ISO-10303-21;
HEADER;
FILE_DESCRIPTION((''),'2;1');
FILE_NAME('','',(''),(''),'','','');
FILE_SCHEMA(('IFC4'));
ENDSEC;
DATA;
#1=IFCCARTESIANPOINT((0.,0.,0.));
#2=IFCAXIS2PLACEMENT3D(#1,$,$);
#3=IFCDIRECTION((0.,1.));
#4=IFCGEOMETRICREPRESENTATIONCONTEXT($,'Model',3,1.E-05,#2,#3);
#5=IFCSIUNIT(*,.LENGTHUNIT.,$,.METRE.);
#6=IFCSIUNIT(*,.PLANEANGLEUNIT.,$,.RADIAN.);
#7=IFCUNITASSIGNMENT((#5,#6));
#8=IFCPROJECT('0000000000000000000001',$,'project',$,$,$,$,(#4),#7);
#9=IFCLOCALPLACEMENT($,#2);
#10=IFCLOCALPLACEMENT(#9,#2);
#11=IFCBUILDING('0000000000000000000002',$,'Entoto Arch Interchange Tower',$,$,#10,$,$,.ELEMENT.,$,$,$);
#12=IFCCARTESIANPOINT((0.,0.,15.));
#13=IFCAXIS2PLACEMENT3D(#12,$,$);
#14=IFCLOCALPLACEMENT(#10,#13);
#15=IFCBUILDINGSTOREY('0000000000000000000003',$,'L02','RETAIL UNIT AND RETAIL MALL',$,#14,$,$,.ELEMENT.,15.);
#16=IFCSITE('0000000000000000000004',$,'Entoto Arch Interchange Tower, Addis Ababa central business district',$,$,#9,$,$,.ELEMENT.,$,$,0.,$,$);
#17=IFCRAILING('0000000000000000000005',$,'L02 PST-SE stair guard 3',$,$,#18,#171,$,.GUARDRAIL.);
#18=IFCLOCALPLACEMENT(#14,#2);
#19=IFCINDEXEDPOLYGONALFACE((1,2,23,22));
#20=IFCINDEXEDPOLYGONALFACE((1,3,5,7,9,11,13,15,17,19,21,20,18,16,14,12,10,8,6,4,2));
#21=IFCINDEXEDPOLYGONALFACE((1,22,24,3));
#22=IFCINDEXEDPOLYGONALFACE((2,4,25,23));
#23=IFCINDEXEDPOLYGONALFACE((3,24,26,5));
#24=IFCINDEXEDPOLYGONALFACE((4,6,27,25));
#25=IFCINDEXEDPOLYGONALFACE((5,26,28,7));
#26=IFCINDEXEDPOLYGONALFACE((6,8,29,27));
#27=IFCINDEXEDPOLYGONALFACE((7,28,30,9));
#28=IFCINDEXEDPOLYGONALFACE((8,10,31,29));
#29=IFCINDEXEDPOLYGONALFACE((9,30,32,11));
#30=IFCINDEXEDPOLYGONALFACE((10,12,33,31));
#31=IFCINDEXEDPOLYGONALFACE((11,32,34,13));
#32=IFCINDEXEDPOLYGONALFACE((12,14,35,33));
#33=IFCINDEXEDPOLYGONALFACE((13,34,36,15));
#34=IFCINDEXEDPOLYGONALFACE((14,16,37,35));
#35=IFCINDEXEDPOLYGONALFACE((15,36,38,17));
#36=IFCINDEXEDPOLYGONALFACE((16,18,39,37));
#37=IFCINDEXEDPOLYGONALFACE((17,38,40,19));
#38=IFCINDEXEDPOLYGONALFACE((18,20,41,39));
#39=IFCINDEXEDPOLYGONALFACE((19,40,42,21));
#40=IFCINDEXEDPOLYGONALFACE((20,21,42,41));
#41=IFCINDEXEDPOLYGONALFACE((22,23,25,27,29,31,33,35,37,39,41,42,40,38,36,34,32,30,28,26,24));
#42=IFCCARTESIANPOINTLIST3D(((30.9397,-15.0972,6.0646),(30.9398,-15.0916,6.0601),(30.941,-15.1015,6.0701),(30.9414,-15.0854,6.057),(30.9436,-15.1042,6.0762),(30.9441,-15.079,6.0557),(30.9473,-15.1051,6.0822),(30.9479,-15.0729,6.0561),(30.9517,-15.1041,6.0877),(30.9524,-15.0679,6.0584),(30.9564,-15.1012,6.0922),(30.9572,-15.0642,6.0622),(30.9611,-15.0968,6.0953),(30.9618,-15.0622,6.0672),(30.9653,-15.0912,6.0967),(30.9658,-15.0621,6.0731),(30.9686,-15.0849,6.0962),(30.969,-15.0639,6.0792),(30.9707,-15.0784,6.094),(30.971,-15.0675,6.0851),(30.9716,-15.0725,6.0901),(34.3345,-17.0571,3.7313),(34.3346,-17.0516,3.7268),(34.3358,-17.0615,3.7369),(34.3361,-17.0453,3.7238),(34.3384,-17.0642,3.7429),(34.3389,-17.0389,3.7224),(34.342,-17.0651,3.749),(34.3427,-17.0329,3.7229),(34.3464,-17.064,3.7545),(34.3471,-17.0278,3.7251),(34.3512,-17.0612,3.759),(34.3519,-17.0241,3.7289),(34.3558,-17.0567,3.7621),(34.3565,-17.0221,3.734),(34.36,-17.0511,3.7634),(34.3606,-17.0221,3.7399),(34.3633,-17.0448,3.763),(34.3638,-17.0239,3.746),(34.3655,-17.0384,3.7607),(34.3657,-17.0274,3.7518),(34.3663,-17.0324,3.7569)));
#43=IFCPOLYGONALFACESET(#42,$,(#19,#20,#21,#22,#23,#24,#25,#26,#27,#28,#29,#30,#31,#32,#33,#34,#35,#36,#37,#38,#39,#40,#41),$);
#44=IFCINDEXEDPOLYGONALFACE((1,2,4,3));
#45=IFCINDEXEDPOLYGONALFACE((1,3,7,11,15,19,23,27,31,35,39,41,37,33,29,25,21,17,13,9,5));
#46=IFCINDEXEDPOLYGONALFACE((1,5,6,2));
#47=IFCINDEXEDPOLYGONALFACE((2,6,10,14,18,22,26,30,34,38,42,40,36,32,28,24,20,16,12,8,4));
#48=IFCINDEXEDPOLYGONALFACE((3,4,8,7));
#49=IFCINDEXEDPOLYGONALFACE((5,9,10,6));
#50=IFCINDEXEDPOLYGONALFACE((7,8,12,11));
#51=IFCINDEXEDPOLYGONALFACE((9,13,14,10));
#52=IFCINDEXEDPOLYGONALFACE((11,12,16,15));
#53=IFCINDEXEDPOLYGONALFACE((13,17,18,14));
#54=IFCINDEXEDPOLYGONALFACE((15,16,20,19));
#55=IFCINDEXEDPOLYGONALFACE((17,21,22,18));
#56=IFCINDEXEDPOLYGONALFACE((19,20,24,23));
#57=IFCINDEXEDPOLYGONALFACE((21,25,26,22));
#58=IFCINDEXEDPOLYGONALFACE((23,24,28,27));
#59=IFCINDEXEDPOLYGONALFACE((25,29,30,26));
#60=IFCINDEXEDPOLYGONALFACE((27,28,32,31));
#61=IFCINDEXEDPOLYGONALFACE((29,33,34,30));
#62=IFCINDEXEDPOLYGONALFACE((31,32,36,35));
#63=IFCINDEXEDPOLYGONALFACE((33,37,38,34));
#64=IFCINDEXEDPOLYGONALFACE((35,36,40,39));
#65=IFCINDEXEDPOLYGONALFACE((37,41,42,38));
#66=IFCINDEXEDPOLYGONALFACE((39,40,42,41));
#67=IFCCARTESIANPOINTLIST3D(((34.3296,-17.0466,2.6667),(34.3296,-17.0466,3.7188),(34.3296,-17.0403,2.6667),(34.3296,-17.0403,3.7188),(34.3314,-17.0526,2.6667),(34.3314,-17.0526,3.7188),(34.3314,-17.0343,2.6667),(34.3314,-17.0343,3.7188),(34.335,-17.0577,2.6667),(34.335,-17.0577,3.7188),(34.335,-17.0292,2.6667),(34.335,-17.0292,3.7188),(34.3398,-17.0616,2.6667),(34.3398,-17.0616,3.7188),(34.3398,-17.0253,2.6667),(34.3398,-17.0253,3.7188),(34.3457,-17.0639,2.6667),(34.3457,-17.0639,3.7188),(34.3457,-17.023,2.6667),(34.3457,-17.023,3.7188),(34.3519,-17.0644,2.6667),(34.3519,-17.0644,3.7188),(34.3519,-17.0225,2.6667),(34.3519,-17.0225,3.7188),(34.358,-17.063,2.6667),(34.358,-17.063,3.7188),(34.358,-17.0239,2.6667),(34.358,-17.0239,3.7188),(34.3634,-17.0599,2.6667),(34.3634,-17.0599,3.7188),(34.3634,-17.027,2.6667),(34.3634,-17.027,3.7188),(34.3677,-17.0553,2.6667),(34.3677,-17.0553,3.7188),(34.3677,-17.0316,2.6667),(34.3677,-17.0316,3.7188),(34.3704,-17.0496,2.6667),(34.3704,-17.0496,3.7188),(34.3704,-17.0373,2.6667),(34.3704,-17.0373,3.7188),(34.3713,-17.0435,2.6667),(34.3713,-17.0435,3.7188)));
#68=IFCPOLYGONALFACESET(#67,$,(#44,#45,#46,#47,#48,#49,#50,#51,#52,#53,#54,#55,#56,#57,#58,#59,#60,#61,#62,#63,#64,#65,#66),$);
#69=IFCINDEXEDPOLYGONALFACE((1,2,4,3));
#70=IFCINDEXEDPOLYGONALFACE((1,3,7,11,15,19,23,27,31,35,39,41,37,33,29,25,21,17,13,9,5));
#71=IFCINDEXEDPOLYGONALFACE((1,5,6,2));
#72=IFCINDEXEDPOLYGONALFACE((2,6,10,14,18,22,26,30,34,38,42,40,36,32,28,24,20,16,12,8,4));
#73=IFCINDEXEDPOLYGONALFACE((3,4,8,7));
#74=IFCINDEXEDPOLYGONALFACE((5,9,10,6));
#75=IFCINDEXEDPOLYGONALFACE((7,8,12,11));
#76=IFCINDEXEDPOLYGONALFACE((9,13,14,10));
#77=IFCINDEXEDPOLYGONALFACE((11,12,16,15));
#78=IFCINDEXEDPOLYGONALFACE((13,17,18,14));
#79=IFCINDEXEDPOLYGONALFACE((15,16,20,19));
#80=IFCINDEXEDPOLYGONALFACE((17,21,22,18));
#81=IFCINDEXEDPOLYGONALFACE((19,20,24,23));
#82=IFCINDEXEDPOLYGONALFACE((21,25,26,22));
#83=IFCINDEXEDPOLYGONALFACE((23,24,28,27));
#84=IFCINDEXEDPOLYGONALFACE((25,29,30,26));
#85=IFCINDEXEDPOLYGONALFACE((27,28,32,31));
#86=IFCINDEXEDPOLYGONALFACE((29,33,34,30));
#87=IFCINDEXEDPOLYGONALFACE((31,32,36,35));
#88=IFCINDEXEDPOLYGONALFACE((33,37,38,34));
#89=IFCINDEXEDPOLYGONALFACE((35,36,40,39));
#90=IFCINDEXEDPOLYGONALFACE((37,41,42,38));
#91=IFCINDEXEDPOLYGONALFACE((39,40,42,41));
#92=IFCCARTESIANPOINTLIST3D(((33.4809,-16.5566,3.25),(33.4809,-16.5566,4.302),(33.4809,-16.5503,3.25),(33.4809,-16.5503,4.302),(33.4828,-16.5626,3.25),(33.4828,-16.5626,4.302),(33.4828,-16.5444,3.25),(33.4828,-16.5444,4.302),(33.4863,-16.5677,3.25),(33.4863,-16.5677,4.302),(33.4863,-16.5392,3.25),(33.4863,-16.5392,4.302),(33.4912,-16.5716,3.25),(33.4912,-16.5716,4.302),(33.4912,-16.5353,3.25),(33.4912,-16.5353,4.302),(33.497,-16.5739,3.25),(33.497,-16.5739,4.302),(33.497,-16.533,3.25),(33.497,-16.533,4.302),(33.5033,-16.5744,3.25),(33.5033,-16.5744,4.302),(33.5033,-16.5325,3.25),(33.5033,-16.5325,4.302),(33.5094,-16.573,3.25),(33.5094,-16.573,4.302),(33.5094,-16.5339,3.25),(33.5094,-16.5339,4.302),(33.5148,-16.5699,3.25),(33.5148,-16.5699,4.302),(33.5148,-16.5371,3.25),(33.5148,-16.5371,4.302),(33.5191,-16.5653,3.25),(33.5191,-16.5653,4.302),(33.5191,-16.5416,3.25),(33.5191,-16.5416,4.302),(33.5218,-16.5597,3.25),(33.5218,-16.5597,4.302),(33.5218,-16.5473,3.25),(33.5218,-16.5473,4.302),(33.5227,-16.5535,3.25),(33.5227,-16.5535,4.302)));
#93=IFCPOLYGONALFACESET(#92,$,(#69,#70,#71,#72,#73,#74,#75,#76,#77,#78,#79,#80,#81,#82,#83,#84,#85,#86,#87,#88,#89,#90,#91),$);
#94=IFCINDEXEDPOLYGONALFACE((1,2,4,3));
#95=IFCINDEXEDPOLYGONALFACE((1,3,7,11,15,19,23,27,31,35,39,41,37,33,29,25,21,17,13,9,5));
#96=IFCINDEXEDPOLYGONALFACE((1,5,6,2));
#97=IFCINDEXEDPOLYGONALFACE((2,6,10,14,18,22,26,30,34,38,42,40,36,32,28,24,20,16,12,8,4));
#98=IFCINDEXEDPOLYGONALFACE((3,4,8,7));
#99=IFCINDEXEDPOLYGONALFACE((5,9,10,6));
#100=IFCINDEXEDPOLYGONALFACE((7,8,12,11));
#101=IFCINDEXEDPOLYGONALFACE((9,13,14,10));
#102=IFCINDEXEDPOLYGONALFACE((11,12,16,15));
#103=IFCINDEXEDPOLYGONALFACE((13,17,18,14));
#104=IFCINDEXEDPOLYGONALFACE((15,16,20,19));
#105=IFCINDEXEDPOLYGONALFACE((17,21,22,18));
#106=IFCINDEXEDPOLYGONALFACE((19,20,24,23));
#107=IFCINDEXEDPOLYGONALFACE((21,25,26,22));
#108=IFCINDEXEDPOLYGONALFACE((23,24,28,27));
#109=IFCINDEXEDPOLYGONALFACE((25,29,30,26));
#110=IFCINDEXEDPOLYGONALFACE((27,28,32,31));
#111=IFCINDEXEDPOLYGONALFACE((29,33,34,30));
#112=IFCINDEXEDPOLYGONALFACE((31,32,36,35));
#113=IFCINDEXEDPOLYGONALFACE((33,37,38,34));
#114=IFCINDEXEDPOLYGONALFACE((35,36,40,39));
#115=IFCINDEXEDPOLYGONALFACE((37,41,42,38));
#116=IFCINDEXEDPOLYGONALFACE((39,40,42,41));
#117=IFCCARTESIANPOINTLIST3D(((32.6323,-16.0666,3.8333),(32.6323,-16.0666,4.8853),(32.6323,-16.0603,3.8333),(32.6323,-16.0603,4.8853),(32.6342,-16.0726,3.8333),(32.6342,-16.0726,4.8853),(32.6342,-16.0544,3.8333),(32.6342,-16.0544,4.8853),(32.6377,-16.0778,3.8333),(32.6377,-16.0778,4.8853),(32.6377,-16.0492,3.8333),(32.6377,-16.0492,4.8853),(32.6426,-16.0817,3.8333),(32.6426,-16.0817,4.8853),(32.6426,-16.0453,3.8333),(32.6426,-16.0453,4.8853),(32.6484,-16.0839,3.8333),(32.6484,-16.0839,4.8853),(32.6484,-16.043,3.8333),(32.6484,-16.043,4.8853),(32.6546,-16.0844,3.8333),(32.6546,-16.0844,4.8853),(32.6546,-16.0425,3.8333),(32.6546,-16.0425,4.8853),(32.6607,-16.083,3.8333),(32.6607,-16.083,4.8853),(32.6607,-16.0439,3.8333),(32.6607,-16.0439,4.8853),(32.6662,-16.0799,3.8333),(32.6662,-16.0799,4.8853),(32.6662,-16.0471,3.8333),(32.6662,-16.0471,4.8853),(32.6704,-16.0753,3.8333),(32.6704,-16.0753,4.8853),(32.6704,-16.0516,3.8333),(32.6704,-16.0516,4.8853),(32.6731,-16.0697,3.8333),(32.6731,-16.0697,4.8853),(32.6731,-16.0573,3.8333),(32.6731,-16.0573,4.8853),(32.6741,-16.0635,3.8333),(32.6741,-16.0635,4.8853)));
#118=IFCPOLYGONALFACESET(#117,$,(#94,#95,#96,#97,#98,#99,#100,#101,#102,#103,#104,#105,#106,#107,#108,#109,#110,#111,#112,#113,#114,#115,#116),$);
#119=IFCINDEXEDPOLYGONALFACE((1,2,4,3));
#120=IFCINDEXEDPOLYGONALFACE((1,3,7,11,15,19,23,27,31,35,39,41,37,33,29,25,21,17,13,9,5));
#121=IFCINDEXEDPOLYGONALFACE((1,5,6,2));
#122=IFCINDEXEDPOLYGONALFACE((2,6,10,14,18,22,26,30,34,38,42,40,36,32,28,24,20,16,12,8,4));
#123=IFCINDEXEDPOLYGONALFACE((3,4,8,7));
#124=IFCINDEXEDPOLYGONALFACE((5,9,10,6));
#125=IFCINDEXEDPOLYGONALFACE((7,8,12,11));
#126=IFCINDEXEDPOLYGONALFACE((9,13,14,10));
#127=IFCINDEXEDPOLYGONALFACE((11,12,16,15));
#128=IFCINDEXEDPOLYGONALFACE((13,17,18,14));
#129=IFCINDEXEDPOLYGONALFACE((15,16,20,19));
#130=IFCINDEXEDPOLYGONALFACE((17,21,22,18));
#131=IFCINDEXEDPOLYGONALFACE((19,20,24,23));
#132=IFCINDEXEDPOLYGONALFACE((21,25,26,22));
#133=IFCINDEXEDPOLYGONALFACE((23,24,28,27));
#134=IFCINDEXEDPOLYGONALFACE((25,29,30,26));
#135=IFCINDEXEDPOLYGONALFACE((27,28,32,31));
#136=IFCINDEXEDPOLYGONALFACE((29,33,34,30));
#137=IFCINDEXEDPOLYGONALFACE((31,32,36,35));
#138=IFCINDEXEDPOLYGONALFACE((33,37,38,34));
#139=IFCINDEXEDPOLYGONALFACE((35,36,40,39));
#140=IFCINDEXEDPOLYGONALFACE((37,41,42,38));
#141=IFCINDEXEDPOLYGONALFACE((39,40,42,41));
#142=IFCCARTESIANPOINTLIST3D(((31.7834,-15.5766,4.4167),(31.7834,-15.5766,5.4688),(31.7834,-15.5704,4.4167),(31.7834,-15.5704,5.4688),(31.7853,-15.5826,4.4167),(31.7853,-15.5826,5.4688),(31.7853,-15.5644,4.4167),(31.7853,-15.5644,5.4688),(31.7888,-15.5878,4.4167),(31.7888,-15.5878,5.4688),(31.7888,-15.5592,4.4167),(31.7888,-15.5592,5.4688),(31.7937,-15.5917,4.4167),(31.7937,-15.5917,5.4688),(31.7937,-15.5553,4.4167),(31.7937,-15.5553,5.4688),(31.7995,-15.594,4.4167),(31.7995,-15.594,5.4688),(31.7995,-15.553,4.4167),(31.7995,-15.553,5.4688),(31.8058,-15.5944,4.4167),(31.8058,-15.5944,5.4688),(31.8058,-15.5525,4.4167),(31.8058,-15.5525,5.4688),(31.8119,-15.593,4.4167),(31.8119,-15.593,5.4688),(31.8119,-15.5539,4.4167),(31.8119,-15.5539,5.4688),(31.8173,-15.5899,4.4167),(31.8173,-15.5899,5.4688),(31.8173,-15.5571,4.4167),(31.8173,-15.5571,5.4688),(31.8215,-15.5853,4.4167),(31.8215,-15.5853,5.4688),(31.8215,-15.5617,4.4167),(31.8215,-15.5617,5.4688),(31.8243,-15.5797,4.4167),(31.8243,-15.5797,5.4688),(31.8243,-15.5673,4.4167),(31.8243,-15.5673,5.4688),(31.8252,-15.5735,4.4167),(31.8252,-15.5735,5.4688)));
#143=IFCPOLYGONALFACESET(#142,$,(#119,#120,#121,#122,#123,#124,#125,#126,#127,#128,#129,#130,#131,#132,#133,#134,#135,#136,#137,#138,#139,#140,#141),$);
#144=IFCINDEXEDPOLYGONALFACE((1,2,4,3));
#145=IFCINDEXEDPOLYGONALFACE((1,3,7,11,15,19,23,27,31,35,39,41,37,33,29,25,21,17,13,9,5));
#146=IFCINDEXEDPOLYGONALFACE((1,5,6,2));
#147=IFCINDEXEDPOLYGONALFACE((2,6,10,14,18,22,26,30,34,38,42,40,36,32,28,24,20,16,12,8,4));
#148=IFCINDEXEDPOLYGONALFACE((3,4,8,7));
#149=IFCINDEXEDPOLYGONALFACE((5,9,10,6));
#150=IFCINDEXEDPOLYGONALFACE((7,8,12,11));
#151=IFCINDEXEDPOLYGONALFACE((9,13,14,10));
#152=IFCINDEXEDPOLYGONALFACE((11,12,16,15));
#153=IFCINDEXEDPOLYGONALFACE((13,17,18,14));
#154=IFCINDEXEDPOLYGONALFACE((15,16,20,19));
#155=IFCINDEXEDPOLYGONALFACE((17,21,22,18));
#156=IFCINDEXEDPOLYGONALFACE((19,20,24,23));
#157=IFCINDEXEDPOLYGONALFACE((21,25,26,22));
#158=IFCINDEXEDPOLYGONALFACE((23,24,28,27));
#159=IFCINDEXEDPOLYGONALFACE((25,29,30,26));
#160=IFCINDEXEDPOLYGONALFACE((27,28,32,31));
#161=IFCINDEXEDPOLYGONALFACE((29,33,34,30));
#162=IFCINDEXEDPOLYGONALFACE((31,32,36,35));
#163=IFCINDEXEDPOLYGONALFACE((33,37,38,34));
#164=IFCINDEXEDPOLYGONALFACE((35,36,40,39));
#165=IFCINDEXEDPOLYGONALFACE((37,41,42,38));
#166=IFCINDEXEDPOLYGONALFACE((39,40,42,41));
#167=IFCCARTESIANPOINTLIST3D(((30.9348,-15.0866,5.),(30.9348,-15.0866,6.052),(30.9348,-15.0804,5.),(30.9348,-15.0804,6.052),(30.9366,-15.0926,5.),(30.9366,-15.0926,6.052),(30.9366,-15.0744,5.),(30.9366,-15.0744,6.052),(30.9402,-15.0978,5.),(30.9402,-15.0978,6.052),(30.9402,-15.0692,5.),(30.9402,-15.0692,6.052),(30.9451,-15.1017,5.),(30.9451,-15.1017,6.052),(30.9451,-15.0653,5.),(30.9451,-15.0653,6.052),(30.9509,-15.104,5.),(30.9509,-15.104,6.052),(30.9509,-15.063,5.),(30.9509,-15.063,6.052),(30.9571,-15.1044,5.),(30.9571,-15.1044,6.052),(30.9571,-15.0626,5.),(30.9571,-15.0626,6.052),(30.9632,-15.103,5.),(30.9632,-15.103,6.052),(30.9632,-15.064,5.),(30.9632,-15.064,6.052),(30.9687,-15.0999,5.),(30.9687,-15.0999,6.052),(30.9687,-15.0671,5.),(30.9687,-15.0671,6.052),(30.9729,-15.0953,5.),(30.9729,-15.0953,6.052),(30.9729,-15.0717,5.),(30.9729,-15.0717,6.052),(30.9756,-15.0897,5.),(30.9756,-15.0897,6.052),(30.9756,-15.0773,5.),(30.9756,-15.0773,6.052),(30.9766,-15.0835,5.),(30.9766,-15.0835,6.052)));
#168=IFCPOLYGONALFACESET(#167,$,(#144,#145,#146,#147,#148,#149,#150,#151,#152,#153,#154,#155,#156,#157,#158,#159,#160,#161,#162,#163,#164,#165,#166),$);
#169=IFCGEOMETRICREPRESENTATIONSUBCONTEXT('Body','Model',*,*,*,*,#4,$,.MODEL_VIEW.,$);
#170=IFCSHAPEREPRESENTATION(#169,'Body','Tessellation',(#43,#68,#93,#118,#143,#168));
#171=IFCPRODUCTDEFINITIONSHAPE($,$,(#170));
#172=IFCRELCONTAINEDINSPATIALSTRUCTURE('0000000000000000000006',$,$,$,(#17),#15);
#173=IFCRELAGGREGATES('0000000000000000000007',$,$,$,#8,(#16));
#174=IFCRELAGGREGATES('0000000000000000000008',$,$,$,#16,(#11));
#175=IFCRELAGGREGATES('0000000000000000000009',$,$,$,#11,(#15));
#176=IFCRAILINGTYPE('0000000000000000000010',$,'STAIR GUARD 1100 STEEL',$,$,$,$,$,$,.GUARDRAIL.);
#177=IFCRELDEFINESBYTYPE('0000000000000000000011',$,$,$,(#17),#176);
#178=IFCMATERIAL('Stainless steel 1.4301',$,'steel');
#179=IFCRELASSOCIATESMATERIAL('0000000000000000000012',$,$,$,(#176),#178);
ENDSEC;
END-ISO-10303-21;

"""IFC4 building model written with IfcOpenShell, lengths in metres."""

from ifc_helpers import new_model, si_unit, direction, frame, origin, origin_2d, place, context, subcontext, project, spatial, circle, extrude, material, type_object, element, save


model = new_model("IFC4")

# Units and contexts
model_context = context("Model", 3, precision=1e-05, world=origin(), true_north=direction((0.0, 1.0)))
body_context = subcontext(model_context, "Body", "Model", "MODEL_VIEW")
ifc_project = project(units=[si_unit("LENGTHUNIT", "METRE"), si_unit("PLANEANGLEUNIT", "RADIAN")], contexts=[model_context])

# Site, building, storey
site_placement = place(None, origin())
site = spatial("IfcSite", under=ifc_project, at=site_placement, Name="Entoto Arch Interchange Tower, Addis Ababa central business district", CompositionType="ELEMENT", RefElevation=0.0)
building_placement = place(site_placement, origin())
building = spatial("IfcBuilding", under=site, at=building_placement, Name="Entoto Arch Interchange Tower", CompositionType="ELEMENT")
storey_placement = place(building_placement, frame((0.0, 0.0, 15.0)))
storey = spatial("IfcBuildingStorey", under=building, at=storey_placement, Name="L02", Description="RETAIL UNIT AND RETAIL MALL", CompositionType="ELEMENT", Elevation=15.0)

# Railing
ifc_material_1 = material(Name="Stainless steel 1.4301", Category="steel")
railing_type_1 = type_object("IfcRailingType", Name="STAIR GUARD 1100 STEEL", PredefinedType="GUARDRAIL", material=ifc_material_1)
railing_1_placement = place(storey_placement, frame((34.3503, -17.0435, 2.6667)))
element("IfcRailing", 1, at=railing_1_placement, inside=storey, type_object=railing_type_1, Name="L02 PST-SE stair guard 3", PredefinedType="GUARDRAIL", context=body_context, shape_type="SweptSolid", body=[
    extrude(circle(Radius=0.0239, at=origin_2d()), frame((0.0, 0.0, 1.0762), z_axis=(-0.744175, 0.429646, 0.511476), x_axis=(-0.499997, -0.866027, 0.0)), (0.0, 0.0, 1.0), 4.5618),
    extrude(circle(Radius=0.021, at=origin_2d()), origin(), (0.0, 0.0, 1.0), 1.052),
    extrude(circle(Radius=0.021, at=origin_2d()), frame((-0.8486, 0.49, 0.5833)), (0.0, 0.0, 1.0), 1.052),
    extrude(circle(Radius=0.021, at=origin_2d()), frame((-1.6973, 0.98, 1.1665)), (0.0, 0.0, 1.0), 1.052),
    extrude(circle(Radius=0.021, at=origin_2d()), frame((-2.5461, 1.47, 1.75)), (0.0, 0.0, 1.0), 1.052),
    extrude(circle(Radius=0.021, at=origin_2d()), frame((-3.3948, 1.96, 2.3333)), (0.0, 0.0, 1.0), 1.052),
])

save(model, "model.ifc")
